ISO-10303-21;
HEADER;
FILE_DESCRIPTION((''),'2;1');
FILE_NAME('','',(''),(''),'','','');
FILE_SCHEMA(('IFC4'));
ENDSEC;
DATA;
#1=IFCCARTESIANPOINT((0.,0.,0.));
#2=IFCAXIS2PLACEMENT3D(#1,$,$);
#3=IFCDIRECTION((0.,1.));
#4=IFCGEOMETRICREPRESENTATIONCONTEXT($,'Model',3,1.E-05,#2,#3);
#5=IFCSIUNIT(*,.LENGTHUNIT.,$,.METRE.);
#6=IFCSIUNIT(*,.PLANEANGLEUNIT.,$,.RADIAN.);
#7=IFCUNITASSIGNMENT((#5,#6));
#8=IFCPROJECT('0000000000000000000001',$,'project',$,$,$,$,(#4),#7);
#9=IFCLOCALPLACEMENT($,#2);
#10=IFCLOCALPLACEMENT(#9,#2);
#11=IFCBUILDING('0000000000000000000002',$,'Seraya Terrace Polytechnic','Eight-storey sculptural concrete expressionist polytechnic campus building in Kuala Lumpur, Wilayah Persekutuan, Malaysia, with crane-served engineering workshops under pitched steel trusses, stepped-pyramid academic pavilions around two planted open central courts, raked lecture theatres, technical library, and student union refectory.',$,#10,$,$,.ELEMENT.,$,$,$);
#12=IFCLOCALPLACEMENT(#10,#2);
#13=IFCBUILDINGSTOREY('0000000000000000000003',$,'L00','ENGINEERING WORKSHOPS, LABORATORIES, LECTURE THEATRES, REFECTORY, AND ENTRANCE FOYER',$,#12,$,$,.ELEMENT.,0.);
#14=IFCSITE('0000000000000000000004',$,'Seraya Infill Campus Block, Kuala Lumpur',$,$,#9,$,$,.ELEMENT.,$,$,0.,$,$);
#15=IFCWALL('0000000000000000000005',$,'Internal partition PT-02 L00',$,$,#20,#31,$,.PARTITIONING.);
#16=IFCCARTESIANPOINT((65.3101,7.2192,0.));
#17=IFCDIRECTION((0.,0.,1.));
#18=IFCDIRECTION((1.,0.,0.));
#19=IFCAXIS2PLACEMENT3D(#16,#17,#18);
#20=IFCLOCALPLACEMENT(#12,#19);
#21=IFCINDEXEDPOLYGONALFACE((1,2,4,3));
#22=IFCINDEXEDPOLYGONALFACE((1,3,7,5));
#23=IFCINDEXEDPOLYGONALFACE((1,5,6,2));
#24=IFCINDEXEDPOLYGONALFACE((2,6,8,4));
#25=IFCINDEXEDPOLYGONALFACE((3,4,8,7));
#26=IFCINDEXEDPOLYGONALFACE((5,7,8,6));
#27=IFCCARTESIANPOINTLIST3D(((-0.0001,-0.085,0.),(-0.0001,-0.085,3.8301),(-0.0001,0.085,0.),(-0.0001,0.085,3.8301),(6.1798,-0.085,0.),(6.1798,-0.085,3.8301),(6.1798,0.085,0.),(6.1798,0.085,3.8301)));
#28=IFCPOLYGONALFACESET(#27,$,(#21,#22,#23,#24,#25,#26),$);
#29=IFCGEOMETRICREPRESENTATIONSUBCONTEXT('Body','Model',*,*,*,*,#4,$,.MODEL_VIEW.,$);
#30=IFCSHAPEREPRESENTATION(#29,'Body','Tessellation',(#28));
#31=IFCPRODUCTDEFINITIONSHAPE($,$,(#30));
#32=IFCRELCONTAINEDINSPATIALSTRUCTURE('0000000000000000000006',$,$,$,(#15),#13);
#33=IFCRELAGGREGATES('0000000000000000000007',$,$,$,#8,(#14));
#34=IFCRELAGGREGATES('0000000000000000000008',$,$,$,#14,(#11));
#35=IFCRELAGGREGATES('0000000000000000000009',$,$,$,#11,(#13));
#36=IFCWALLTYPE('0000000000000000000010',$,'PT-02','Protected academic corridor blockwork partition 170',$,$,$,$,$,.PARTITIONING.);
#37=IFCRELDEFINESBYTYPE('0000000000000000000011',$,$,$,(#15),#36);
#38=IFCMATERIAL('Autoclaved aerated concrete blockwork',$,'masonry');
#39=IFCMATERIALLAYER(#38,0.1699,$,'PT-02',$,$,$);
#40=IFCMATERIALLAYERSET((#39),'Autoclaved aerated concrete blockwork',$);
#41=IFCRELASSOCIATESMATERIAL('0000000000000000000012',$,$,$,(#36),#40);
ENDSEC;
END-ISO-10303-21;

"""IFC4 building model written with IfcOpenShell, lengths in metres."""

from ifc_helpers import new_model, si_unit, direction, frame, frame_2d, origin, place, context, subcontext, project, spatial, rectangle, extrude, material, layer, layer_set, type_object, element, save


model = new_model("IFC4")

# Units and contexts
model_context = context("Model", 3, precision=1e-05, world=origin(), true_north=direction((0.0, 1.0)))
body_context = subcontext(model_context, "Body", "Model", "MODEL_VIEW")
ifc_project = project(units=[si_unit("LENGTHUNIT", "METRE"), si_unit("PLANEANGLEUNIT", "RADIAN")], contexts=[model_context])

# Site, building, storey
site_placement = place(None, origin())
site = spatial("IfcSite", under=ifc_project, at=site_placement, Name="Seraya Infill Campus Block, Kuala Lumpur", CompositionType="ELEMENT", RefElevation=0.0)
building_placement = place(site_placement, origin())
building = spatial("IfcBuilding", under=site, at=building_placement, Name="Seraya Terrace Polytechnic", Description="Eight-storey sculptural concrete expressionist polytechnic campus building in Kuala Lumpur, Wilayah Persekutuan, Malaysia, with crane-served engineering workshops under pitched steel trusses, stepped-pyramid academic pavilions around two planted open central courts, raked lecture theatres, technical library, and student union refectory.", CompositionType="ELEMENT")
storey_placement = place(building_placement, origin())
storey = spatial("IfcBuildingStorey", under=building, at=storey_placement, Name="L00", Description="ENGINEERING WORKSHOPS, LABORATORIES, LECTURE THEATRES, REFECTORY, AND ENTRANCE FOYER", CompositionType="ELEMENT", Elevation=0.0)

# Wall
ifc_material_1 = material(Name="Autoclaved aerated concrete blockwork", Category="masonry")
ifc_layer_1 = layer(ifc_material_1, 0.1699, Name="PT-02")
ifc_layer_set_1 = layer_set([ifc_layer_1], Name="Autoclaved aerated concrete blockwork")
wall_type_1 = type_object("IfcWallType", Name="PT-02", Description="Protected academic corridor blockwork partition 170", PredefinedType="PARTITIONING", material=ifc_layer_set_1)
wall_1_placement = place(storey_placement, frame((65.3101, 7.2192, 0.0), z_axis=(0.0, 0.0, 1.0), x_axis=(1.0, 0.0, 0.0)))
element("IfcWall", 1, at=wall_1_placement, inside=storey, type_object=wall_type_1, Name="Internal partition PT-02 L00", PredefinedType="PARTITIONING", context=body_context, shape_type="SweptSolid", body=[
    extrude(rectangle(XDim=6.1799, YDim=0.1699, at=frame_2d((3.0898, 0.0))), origin(), (0.0, 0.0, 1.0), 3.8301),
])

save(model, "model.ifc")
